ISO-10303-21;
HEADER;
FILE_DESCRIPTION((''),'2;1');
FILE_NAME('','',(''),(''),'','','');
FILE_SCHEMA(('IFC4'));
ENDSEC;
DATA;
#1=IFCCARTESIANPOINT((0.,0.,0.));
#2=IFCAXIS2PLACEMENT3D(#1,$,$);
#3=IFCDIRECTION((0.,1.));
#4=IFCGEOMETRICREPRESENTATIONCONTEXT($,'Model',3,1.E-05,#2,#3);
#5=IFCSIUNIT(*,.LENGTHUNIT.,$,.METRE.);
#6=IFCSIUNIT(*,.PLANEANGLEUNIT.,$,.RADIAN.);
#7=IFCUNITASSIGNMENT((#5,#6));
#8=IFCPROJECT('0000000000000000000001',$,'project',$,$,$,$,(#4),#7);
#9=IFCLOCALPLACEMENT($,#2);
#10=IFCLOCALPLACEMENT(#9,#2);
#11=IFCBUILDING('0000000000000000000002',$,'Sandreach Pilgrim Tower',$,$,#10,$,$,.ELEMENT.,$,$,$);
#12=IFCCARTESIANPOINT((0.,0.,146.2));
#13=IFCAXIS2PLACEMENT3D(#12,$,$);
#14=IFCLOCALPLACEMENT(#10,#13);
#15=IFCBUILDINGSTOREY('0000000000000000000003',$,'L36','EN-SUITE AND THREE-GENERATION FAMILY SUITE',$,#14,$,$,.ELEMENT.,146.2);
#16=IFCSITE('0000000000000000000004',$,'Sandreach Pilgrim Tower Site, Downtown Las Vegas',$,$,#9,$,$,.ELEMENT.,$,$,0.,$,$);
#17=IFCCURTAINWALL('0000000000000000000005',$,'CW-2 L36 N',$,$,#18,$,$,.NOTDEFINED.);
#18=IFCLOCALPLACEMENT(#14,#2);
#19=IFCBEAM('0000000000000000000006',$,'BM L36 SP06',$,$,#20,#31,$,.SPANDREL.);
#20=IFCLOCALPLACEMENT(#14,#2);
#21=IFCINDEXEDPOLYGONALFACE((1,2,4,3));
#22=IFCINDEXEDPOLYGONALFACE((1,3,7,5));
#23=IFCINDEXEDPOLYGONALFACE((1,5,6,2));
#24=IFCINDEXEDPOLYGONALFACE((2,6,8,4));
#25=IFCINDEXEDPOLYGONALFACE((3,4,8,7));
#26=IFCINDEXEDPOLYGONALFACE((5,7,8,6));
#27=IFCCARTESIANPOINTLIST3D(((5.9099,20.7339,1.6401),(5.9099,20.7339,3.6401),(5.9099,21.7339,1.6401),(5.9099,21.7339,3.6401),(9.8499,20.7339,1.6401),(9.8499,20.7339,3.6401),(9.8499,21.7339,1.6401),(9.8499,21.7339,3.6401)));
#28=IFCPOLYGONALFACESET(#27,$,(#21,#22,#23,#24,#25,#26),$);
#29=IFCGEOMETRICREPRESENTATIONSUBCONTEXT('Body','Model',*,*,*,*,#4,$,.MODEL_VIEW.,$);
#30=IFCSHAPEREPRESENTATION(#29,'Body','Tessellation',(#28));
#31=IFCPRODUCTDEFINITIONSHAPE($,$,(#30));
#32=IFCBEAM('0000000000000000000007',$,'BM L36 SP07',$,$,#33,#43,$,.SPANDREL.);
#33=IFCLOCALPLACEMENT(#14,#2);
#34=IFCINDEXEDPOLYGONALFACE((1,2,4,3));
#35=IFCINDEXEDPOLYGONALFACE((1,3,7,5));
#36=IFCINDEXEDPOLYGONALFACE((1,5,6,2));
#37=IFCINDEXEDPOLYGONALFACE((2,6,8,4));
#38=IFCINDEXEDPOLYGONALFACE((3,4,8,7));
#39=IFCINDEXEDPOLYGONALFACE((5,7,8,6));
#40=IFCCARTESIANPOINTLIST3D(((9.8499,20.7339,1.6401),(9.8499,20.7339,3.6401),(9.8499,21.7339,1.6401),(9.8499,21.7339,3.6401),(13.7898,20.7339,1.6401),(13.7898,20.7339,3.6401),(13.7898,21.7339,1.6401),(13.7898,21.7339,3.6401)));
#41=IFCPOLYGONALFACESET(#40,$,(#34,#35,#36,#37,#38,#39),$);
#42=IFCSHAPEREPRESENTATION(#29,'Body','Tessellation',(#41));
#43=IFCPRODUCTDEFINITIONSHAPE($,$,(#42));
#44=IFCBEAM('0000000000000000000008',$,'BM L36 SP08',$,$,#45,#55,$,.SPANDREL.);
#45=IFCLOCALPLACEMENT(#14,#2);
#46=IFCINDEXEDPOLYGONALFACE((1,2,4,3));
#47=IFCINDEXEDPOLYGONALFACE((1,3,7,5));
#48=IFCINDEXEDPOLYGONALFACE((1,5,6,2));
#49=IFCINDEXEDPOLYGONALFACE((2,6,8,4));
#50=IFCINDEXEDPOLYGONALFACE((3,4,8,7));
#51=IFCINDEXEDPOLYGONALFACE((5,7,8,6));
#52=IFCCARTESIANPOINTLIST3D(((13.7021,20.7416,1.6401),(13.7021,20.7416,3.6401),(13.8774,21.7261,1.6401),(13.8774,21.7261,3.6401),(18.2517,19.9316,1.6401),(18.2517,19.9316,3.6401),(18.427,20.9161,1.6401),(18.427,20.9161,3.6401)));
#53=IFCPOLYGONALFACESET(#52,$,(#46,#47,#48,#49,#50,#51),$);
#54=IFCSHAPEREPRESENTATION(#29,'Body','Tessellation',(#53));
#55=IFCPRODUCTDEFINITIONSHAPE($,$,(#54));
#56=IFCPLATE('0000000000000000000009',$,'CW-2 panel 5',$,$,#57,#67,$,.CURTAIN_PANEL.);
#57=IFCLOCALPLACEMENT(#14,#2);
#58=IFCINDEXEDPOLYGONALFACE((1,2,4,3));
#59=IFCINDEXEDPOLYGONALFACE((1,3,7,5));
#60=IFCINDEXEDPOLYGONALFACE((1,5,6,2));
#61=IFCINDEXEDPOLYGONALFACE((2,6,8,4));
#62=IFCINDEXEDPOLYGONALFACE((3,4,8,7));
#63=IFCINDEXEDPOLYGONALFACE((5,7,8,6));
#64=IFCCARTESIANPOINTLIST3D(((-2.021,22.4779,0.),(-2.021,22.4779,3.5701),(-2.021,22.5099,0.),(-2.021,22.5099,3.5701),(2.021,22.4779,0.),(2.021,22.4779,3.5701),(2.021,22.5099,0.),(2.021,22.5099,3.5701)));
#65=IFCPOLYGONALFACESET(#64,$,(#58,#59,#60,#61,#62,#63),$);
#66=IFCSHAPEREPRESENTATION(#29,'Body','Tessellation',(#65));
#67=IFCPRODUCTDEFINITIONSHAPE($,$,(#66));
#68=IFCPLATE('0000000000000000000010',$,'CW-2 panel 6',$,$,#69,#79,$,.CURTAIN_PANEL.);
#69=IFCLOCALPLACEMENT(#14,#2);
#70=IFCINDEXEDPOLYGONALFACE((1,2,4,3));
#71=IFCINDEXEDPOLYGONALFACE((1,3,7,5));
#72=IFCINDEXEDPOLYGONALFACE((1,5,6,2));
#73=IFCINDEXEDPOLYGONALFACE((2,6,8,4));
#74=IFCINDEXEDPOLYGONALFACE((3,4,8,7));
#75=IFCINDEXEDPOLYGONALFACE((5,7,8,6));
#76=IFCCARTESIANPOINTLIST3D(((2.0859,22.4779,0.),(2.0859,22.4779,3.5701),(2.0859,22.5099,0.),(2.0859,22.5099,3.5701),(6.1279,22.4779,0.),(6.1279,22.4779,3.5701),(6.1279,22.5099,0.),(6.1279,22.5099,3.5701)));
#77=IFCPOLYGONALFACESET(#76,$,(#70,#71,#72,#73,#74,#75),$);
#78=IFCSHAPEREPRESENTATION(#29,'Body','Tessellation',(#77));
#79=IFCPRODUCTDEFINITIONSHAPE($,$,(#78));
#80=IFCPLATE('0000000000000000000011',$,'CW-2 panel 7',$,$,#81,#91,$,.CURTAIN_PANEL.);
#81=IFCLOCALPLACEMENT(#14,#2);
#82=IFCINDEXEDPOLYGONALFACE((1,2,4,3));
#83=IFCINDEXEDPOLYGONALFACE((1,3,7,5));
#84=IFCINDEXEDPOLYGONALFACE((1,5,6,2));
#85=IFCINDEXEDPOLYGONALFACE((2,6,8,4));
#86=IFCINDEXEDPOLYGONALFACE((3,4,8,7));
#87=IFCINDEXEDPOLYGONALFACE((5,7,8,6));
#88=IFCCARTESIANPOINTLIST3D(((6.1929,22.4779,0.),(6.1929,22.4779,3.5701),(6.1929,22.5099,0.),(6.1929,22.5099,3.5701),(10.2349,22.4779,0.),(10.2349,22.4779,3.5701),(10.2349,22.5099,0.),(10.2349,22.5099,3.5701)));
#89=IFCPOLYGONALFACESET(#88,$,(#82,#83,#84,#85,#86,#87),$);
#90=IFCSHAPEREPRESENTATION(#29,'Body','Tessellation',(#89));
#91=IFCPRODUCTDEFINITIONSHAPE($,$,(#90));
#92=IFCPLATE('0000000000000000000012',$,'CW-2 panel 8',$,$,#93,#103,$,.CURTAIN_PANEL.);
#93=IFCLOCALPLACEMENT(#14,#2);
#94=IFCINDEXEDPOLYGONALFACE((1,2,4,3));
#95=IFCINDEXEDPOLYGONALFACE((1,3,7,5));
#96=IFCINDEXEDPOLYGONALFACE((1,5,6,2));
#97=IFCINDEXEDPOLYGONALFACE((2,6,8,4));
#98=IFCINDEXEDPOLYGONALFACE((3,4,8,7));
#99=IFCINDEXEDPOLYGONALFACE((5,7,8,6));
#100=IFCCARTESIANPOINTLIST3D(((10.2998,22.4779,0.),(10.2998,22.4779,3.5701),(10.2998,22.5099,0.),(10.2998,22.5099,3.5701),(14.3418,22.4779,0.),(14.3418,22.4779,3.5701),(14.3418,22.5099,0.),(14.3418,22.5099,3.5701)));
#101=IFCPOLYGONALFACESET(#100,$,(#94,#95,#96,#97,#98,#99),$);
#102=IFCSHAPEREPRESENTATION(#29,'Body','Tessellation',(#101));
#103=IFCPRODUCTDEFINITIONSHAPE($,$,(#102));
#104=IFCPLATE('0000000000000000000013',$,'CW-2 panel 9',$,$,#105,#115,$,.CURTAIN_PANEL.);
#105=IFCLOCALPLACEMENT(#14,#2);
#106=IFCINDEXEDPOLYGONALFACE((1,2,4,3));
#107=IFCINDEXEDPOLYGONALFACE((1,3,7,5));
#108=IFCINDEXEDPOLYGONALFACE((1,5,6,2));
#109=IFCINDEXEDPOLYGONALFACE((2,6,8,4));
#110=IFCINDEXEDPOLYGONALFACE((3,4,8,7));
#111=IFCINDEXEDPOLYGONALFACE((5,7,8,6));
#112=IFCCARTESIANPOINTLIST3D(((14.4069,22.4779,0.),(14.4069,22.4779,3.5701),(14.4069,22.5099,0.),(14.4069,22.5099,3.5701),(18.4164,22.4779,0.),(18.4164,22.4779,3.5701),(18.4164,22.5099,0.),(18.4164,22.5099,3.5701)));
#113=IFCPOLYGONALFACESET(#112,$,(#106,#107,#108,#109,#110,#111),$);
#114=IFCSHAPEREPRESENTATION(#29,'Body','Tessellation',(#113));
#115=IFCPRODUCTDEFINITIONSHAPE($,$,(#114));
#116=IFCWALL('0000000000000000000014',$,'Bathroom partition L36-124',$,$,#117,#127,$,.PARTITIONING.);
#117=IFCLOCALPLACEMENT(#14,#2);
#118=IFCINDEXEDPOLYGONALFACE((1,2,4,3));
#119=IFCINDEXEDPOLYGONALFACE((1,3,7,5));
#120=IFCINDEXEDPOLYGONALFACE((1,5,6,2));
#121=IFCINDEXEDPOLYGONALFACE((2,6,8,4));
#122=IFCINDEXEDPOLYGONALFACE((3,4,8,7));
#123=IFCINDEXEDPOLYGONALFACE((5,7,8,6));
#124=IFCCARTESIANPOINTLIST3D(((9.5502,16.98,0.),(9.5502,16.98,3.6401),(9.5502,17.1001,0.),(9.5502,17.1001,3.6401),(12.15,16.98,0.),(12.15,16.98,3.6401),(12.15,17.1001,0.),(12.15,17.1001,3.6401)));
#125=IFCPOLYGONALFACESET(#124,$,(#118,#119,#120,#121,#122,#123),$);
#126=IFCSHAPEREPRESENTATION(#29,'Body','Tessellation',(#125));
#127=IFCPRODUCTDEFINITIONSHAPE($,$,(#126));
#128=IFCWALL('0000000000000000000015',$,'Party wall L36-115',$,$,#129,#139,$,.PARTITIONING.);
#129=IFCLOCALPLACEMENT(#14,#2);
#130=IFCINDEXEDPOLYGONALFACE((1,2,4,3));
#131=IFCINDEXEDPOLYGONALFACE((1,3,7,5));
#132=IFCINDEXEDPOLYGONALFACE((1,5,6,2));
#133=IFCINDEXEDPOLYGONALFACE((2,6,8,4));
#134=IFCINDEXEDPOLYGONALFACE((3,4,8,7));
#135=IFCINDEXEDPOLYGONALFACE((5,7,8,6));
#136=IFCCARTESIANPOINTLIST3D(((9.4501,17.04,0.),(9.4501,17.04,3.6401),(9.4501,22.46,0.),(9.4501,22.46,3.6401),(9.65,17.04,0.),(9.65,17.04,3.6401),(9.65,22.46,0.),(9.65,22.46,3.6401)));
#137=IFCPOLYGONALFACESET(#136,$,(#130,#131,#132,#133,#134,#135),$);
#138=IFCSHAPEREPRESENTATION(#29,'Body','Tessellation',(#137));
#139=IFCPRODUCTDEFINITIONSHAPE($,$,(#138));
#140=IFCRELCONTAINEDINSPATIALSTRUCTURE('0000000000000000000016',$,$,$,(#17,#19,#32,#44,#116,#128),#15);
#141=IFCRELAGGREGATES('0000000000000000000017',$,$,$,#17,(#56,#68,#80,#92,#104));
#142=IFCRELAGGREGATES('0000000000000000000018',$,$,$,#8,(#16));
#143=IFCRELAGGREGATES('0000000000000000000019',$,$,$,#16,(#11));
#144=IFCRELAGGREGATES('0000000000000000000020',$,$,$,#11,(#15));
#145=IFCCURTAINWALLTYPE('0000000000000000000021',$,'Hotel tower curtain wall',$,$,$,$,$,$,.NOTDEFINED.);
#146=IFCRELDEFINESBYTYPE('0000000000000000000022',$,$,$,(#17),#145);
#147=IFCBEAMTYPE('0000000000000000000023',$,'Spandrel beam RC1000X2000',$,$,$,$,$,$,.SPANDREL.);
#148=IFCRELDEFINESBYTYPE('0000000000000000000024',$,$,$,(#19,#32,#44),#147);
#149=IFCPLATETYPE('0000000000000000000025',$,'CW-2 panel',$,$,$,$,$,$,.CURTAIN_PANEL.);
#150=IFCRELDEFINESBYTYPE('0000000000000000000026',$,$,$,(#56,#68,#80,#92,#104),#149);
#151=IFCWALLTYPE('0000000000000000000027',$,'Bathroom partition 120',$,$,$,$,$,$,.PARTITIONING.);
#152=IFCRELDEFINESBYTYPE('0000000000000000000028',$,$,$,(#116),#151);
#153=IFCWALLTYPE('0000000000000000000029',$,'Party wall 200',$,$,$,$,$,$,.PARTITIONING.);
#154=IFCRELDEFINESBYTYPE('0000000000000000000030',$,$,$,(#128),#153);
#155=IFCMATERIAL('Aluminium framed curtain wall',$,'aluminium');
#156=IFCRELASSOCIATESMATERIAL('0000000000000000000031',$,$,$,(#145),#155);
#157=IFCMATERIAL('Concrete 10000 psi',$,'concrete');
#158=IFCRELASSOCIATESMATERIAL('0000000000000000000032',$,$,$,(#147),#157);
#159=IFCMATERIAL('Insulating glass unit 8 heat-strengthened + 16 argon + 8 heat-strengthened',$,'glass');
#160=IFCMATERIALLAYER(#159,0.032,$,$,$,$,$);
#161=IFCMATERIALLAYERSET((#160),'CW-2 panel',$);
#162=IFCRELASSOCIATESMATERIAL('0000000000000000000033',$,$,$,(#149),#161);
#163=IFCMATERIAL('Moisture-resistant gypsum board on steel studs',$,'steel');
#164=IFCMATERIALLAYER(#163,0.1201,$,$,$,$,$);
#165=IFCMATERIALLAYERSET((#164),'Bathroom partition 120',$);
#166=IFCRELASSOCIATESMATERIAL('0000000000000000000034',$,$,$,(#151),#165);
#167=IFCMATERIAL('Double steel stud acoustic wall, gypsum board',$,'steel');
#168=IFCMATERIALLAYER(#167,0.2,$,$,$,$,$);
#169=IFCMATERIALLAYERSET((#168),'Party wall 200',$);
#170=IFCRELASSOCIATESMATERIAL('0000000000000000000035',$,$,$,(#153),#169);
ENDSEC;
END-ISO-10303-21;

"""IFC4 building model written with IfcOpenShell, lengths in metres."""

from ifc_helpers import new_model, si_unit, direction, frame, frame_2d, origin, origin_2d, place, context, subcontext, project, spatial, rectangle, extrude, material, layer, layer_set, material_profile, profile_set, type_object, element, aggregate, save


model = new_model("IFC4")

# Units and contexts
model_context = context("Model", 3, precision=1e-05, world=origin(), true_north=direction((0.0, 1.0)))
body_context = subcontext(model_context, "Body", "Model", "MODEL_VIEW")
ifc_project = project(units=[si_unit("LENGTHUNIT", "METRE"), si_unit("PLANEANGLEUNIT", "RADIAN")], contexts=[model_context])

# Site, building, storey
site_placement = place(None, origin())
site = spatial("IfcSite", under=ifc_project, at=site_placement, Name="Sandreach Pilgrim Tower Site, Downtown Las Vegas", CompositionType="ELEMENT", RefElevation=0.0)
building_placement = place(site_placement, origin())
building = spatial("IfcBuilding", under=site, at=building_placement, Name="Sandreach Pilgrim Tower", CompositionType="ELEMENT")
storey_placement = place(building_placement, frame((0.0, 0.0, 146.2)))
storey = spatial("IfcBuildingStorey", under=building, at=storey_placement, Name="L36", Description="EN-SUITE AND THREE-GENERATION FAMILY SUITE", CompositionType="ELEMENT", Elevation=146.2)

# Curtain wall
ifc_material_1 = material(Name="Aluminium framed curtain wall", Category="aluminium")
curtain_wall_type = type_object("IfcCurtainWallType", Name="Hotel tower curtain wall", PredefinedType="NOTDEFINED", material=ifc_material_1)
curtain_wall_placement = place(storey_placement, origin())
curtain_wall = element("IfcCurtainWall", 1, at=curtain_wall_placement, inside=storey, type_object=curtain_wall_type, Name="CW-2 L36 N", PredefinedType="NOTDEFINED")

# Beams
ifc_material_2 = material(Name="Concrete 10000 psi", Category="concrete")
ifc_material_profile_1 = material_profile(ifc_material_2, rectangle(XDim=1.0, YDim=2.0, at=origin_2d()), Name="RC1000X2000")
ifc_profile_set_1 = profile_set([ifc_material_profile_1], Name="Concrete 10000 psi")
beam_type_1 = type_object("IfcBeamType", Name="Spandrel beam RC1000X2000", PredefinedType="SPANDREL", material=ifc_profile_set_1)
for number, where, z_axis, x_axis, name in (
    (2, (5.9099, 21.2339, 2.6401), (1.0, 0.0, 0.0), (0.0, 1.0, 0.0), "BM L36 SP06"),
    (3, (9.8499, 21.2339, 2.6401), (1.0, 0.0, 0.0), (0.0, 1.0, 0.0), "BM L36 SP07"),
):
    element("IfcBeam", number, at=place(storey_placement, frame(where, z_axis=z_axis, x_axis=x_axis)), inside=storey, type_object=beam_type_1, Name=name, PredefinedType="SPANDREL", context=body_context, shape_type="SweptSolid", body=[
        extrude(rectangle(XDim=1.0, YDim=2.0, at=origin_2d()), origin(), (0.0, 0.0, 1.0), 3.9399),
    ])
beam_1_placement = place(storey_placement, frame((13.7898, 21.2339, 2.6401), z_axis=(0.984516, -0.175295, 0.0), x_axis=(0.175295, 0.984516, 0.0)))
element("IfcBeam", 4, at=beam_1_placement, inside=storey, type_object=beam_type_1, Name="BM L36 SP08", PredefinedType="SPANDREL", context=body_context, shape_type="SweptSolid", body=[
    extrude(rectangle(XDim=1.0, YDim=2.0, at=origin_2d()), origin(), (0.0, 0.0, 1.0), 4.6211),
])

# Plates
ifc_material_3 = material(Name="Insulating glass unit 8 heat-strengthened + 16 argon + 8 heat-strengthened", Category="glass")
ifc_layer_1 = layer(ifc_material_3, 0.032)
ifc_layer_set_1 = layer_set([ifc_layer_1], Name="CW-2 panel")
plate_type = type_object("IfcPlateType", Name="CW-2 panel", PredefinedType="CURTAIN_PANEL", material=ifc_layer_set_1)
plate_1_placement = place(storey_placement, frame((0.0, 22.4939, 0.0), z_axis=(0.0, 0.0, 1.0), x_axis=(1.0, 0.0, 0.0)))
plate_1 = element("IfcPlate", 5, at=plate_1_placement, type_object=plate_type, Name="CW-2 panel 5", PredefinedType="CURTAIN_PANEL", context=body_context, shape_type="SweptSolid", body=[
    extrude(rectangle(XDim=4.042, YDim=0.032, at=origin_2d()), origin(), (0.0, 0.0, 1.0), 3.5701),
])
plate_2_placement = place(storey_placement, frame((4.1069, 22.4939, 0.0), z_axis=(0.0, 0.0, 1.0), x_axis=(1.0, 0.0, 0.0)))
plate_2 = element("IfcPlate", 6, at=plate_2_placement, type_object=plate_type, Name="CW-2 panel 6", PredefinedType="CURTAIN_PANEL", context=body_context, shape_type="SweptSolid", body=[
    extrude(rectangle(XDim=4.042, YDim=0.032, at=origin_2d()), origin(), (0.0, 0.0, 1.0), 3.5701),
])
plate_3_placement = place(storey_placement, frame((8.2139, 22.4939, 0.0), z_axis=(0.0, 0.0, 1.0), x_axis=(1.0, 0.0, 0.0)))
plate_3 = element("IfcPlate", 7, at=plate_3_placement, type_object=plate_type, Name="CW-2 panel 7", PredefinedType="CURTAIN_PANEL", context=body_context, shape_type="SweptSolid", body=[
    extrude(rectangle(XDim=4.042, YDim=0.032, at=origin_2d()), origin(), (0.0, 0.0, 1.0), 3.5701),
])
plate_4_placement = place(storey_placement, frame((12.3208, 22.4939, 0.0), z_axis=(0.0, 0.0, 1.0), x_axis=(1.0, 0.0, 0.0)))
plate_4 = element("IfcPlate", 8, at=plate_4_placement, type_object=plate_type, Name="CW-2 panel 8", PredefinedType="CURTAIN_PANEL", context=body_context, shape_type="SweptSolid", body=[
    extrude(rectangle(XDim=4.042, YDim=0.032, at=origin_2d()), origin(), (0.0, 0.0, 1.0), 3.5701),
])
plate_5_placement = place(storey_placement, frame((16.4116, 22.4939, 0.0), z_axis=(0.0, 0.0, 1.0), x_axis=(1.0, 0.0, 0.0)))
plate_5 = element("IfcPlate", 9, at=plate_5_placement, type_object=plate_type, Name="CW-2 panel 9", PredefinedType="CURTAIN_PANEL", context=body_context, shape_type="SweptSolid", body=[
    extrude(rectangle(XDim=4.0095, YDim=0.032, at=origin_2d()), origin(), (0.0, 0.0, 1.0), 3.5701),
])
aggregate(curtain_wall, [plate_1, plate_2, plate_3, plate_4, plate_5])

# Walls
ifc_material_4 = material(Name="Moisture-resistant gypsum board on steel studs", Category="steel")
ifc_layer_2 = layer(ifc_material_4, 0.1201)
ifc_layer_set_2 = layer_set([ifc_layer_2], Name="Bathroom partition 120")
wall_type_1 = type_object("IfcWallType", Name="Bathroom partition 120", PredefinedType="PARTITIONING", material=ifc_layer_set_2)
wall_1_placement = place(storey_placement, frame((12.1499, 17.04, 0.0), z_axis=(0.0, 0.0, 1.0), x_axis=(-1.0, 0.0, 0.0)))
element("IfcWall", 10, at=wall_1_placement, inside=storey, type_object=wall_type_1, Name="Bathroom partition L36-124", PredefinedType="PARTITIONING", context=body_context, shape_type="SweptSolid", body=[
    extrude(rectangle(XDim=2.5999, YDim=0.1201, at=frame_2d((1.2998, 0.0))), origin(), (0.0, 0.0, 1.0), 3.6401),
])
ifc_material_5 = material(Name="Double steel stud acoustic wall, gypsum board", Category="steel")
ifc_layer_3 = layer(ifc_material_5, 0.2)
ifc_layer_set_3 = layer_set([ifc_layer_3], Name="Party wall 200")
wall_type_2 = type_object("IfcWallType", Name="Party wall 200", PredefinedType="PARTITIONING", material=ifc_layer_set_3)
wall_2_placement = place(storey_placement, frame((9.55, 22.46, 0.0), z_axis=(0.0, 0.0, 1.0), x_axis=(0.0, -1.0, 0.0)))
element("IfcWall", 11, at=wall_2_placement, inside=storey, type_object=wall_type_2, Name="Party wall L36-115", PredefinedType="PARTITIONING", context=body_context, shape_type="SweptSolid", body=[
    extrude(rectangle(XDim=5.4199, YDim=0.2, at=frame_2d((2.71, 0.0))), origin(), (0.0, 0.0, 1.0), 3.6401),
])

save(model, "model.ifc")
